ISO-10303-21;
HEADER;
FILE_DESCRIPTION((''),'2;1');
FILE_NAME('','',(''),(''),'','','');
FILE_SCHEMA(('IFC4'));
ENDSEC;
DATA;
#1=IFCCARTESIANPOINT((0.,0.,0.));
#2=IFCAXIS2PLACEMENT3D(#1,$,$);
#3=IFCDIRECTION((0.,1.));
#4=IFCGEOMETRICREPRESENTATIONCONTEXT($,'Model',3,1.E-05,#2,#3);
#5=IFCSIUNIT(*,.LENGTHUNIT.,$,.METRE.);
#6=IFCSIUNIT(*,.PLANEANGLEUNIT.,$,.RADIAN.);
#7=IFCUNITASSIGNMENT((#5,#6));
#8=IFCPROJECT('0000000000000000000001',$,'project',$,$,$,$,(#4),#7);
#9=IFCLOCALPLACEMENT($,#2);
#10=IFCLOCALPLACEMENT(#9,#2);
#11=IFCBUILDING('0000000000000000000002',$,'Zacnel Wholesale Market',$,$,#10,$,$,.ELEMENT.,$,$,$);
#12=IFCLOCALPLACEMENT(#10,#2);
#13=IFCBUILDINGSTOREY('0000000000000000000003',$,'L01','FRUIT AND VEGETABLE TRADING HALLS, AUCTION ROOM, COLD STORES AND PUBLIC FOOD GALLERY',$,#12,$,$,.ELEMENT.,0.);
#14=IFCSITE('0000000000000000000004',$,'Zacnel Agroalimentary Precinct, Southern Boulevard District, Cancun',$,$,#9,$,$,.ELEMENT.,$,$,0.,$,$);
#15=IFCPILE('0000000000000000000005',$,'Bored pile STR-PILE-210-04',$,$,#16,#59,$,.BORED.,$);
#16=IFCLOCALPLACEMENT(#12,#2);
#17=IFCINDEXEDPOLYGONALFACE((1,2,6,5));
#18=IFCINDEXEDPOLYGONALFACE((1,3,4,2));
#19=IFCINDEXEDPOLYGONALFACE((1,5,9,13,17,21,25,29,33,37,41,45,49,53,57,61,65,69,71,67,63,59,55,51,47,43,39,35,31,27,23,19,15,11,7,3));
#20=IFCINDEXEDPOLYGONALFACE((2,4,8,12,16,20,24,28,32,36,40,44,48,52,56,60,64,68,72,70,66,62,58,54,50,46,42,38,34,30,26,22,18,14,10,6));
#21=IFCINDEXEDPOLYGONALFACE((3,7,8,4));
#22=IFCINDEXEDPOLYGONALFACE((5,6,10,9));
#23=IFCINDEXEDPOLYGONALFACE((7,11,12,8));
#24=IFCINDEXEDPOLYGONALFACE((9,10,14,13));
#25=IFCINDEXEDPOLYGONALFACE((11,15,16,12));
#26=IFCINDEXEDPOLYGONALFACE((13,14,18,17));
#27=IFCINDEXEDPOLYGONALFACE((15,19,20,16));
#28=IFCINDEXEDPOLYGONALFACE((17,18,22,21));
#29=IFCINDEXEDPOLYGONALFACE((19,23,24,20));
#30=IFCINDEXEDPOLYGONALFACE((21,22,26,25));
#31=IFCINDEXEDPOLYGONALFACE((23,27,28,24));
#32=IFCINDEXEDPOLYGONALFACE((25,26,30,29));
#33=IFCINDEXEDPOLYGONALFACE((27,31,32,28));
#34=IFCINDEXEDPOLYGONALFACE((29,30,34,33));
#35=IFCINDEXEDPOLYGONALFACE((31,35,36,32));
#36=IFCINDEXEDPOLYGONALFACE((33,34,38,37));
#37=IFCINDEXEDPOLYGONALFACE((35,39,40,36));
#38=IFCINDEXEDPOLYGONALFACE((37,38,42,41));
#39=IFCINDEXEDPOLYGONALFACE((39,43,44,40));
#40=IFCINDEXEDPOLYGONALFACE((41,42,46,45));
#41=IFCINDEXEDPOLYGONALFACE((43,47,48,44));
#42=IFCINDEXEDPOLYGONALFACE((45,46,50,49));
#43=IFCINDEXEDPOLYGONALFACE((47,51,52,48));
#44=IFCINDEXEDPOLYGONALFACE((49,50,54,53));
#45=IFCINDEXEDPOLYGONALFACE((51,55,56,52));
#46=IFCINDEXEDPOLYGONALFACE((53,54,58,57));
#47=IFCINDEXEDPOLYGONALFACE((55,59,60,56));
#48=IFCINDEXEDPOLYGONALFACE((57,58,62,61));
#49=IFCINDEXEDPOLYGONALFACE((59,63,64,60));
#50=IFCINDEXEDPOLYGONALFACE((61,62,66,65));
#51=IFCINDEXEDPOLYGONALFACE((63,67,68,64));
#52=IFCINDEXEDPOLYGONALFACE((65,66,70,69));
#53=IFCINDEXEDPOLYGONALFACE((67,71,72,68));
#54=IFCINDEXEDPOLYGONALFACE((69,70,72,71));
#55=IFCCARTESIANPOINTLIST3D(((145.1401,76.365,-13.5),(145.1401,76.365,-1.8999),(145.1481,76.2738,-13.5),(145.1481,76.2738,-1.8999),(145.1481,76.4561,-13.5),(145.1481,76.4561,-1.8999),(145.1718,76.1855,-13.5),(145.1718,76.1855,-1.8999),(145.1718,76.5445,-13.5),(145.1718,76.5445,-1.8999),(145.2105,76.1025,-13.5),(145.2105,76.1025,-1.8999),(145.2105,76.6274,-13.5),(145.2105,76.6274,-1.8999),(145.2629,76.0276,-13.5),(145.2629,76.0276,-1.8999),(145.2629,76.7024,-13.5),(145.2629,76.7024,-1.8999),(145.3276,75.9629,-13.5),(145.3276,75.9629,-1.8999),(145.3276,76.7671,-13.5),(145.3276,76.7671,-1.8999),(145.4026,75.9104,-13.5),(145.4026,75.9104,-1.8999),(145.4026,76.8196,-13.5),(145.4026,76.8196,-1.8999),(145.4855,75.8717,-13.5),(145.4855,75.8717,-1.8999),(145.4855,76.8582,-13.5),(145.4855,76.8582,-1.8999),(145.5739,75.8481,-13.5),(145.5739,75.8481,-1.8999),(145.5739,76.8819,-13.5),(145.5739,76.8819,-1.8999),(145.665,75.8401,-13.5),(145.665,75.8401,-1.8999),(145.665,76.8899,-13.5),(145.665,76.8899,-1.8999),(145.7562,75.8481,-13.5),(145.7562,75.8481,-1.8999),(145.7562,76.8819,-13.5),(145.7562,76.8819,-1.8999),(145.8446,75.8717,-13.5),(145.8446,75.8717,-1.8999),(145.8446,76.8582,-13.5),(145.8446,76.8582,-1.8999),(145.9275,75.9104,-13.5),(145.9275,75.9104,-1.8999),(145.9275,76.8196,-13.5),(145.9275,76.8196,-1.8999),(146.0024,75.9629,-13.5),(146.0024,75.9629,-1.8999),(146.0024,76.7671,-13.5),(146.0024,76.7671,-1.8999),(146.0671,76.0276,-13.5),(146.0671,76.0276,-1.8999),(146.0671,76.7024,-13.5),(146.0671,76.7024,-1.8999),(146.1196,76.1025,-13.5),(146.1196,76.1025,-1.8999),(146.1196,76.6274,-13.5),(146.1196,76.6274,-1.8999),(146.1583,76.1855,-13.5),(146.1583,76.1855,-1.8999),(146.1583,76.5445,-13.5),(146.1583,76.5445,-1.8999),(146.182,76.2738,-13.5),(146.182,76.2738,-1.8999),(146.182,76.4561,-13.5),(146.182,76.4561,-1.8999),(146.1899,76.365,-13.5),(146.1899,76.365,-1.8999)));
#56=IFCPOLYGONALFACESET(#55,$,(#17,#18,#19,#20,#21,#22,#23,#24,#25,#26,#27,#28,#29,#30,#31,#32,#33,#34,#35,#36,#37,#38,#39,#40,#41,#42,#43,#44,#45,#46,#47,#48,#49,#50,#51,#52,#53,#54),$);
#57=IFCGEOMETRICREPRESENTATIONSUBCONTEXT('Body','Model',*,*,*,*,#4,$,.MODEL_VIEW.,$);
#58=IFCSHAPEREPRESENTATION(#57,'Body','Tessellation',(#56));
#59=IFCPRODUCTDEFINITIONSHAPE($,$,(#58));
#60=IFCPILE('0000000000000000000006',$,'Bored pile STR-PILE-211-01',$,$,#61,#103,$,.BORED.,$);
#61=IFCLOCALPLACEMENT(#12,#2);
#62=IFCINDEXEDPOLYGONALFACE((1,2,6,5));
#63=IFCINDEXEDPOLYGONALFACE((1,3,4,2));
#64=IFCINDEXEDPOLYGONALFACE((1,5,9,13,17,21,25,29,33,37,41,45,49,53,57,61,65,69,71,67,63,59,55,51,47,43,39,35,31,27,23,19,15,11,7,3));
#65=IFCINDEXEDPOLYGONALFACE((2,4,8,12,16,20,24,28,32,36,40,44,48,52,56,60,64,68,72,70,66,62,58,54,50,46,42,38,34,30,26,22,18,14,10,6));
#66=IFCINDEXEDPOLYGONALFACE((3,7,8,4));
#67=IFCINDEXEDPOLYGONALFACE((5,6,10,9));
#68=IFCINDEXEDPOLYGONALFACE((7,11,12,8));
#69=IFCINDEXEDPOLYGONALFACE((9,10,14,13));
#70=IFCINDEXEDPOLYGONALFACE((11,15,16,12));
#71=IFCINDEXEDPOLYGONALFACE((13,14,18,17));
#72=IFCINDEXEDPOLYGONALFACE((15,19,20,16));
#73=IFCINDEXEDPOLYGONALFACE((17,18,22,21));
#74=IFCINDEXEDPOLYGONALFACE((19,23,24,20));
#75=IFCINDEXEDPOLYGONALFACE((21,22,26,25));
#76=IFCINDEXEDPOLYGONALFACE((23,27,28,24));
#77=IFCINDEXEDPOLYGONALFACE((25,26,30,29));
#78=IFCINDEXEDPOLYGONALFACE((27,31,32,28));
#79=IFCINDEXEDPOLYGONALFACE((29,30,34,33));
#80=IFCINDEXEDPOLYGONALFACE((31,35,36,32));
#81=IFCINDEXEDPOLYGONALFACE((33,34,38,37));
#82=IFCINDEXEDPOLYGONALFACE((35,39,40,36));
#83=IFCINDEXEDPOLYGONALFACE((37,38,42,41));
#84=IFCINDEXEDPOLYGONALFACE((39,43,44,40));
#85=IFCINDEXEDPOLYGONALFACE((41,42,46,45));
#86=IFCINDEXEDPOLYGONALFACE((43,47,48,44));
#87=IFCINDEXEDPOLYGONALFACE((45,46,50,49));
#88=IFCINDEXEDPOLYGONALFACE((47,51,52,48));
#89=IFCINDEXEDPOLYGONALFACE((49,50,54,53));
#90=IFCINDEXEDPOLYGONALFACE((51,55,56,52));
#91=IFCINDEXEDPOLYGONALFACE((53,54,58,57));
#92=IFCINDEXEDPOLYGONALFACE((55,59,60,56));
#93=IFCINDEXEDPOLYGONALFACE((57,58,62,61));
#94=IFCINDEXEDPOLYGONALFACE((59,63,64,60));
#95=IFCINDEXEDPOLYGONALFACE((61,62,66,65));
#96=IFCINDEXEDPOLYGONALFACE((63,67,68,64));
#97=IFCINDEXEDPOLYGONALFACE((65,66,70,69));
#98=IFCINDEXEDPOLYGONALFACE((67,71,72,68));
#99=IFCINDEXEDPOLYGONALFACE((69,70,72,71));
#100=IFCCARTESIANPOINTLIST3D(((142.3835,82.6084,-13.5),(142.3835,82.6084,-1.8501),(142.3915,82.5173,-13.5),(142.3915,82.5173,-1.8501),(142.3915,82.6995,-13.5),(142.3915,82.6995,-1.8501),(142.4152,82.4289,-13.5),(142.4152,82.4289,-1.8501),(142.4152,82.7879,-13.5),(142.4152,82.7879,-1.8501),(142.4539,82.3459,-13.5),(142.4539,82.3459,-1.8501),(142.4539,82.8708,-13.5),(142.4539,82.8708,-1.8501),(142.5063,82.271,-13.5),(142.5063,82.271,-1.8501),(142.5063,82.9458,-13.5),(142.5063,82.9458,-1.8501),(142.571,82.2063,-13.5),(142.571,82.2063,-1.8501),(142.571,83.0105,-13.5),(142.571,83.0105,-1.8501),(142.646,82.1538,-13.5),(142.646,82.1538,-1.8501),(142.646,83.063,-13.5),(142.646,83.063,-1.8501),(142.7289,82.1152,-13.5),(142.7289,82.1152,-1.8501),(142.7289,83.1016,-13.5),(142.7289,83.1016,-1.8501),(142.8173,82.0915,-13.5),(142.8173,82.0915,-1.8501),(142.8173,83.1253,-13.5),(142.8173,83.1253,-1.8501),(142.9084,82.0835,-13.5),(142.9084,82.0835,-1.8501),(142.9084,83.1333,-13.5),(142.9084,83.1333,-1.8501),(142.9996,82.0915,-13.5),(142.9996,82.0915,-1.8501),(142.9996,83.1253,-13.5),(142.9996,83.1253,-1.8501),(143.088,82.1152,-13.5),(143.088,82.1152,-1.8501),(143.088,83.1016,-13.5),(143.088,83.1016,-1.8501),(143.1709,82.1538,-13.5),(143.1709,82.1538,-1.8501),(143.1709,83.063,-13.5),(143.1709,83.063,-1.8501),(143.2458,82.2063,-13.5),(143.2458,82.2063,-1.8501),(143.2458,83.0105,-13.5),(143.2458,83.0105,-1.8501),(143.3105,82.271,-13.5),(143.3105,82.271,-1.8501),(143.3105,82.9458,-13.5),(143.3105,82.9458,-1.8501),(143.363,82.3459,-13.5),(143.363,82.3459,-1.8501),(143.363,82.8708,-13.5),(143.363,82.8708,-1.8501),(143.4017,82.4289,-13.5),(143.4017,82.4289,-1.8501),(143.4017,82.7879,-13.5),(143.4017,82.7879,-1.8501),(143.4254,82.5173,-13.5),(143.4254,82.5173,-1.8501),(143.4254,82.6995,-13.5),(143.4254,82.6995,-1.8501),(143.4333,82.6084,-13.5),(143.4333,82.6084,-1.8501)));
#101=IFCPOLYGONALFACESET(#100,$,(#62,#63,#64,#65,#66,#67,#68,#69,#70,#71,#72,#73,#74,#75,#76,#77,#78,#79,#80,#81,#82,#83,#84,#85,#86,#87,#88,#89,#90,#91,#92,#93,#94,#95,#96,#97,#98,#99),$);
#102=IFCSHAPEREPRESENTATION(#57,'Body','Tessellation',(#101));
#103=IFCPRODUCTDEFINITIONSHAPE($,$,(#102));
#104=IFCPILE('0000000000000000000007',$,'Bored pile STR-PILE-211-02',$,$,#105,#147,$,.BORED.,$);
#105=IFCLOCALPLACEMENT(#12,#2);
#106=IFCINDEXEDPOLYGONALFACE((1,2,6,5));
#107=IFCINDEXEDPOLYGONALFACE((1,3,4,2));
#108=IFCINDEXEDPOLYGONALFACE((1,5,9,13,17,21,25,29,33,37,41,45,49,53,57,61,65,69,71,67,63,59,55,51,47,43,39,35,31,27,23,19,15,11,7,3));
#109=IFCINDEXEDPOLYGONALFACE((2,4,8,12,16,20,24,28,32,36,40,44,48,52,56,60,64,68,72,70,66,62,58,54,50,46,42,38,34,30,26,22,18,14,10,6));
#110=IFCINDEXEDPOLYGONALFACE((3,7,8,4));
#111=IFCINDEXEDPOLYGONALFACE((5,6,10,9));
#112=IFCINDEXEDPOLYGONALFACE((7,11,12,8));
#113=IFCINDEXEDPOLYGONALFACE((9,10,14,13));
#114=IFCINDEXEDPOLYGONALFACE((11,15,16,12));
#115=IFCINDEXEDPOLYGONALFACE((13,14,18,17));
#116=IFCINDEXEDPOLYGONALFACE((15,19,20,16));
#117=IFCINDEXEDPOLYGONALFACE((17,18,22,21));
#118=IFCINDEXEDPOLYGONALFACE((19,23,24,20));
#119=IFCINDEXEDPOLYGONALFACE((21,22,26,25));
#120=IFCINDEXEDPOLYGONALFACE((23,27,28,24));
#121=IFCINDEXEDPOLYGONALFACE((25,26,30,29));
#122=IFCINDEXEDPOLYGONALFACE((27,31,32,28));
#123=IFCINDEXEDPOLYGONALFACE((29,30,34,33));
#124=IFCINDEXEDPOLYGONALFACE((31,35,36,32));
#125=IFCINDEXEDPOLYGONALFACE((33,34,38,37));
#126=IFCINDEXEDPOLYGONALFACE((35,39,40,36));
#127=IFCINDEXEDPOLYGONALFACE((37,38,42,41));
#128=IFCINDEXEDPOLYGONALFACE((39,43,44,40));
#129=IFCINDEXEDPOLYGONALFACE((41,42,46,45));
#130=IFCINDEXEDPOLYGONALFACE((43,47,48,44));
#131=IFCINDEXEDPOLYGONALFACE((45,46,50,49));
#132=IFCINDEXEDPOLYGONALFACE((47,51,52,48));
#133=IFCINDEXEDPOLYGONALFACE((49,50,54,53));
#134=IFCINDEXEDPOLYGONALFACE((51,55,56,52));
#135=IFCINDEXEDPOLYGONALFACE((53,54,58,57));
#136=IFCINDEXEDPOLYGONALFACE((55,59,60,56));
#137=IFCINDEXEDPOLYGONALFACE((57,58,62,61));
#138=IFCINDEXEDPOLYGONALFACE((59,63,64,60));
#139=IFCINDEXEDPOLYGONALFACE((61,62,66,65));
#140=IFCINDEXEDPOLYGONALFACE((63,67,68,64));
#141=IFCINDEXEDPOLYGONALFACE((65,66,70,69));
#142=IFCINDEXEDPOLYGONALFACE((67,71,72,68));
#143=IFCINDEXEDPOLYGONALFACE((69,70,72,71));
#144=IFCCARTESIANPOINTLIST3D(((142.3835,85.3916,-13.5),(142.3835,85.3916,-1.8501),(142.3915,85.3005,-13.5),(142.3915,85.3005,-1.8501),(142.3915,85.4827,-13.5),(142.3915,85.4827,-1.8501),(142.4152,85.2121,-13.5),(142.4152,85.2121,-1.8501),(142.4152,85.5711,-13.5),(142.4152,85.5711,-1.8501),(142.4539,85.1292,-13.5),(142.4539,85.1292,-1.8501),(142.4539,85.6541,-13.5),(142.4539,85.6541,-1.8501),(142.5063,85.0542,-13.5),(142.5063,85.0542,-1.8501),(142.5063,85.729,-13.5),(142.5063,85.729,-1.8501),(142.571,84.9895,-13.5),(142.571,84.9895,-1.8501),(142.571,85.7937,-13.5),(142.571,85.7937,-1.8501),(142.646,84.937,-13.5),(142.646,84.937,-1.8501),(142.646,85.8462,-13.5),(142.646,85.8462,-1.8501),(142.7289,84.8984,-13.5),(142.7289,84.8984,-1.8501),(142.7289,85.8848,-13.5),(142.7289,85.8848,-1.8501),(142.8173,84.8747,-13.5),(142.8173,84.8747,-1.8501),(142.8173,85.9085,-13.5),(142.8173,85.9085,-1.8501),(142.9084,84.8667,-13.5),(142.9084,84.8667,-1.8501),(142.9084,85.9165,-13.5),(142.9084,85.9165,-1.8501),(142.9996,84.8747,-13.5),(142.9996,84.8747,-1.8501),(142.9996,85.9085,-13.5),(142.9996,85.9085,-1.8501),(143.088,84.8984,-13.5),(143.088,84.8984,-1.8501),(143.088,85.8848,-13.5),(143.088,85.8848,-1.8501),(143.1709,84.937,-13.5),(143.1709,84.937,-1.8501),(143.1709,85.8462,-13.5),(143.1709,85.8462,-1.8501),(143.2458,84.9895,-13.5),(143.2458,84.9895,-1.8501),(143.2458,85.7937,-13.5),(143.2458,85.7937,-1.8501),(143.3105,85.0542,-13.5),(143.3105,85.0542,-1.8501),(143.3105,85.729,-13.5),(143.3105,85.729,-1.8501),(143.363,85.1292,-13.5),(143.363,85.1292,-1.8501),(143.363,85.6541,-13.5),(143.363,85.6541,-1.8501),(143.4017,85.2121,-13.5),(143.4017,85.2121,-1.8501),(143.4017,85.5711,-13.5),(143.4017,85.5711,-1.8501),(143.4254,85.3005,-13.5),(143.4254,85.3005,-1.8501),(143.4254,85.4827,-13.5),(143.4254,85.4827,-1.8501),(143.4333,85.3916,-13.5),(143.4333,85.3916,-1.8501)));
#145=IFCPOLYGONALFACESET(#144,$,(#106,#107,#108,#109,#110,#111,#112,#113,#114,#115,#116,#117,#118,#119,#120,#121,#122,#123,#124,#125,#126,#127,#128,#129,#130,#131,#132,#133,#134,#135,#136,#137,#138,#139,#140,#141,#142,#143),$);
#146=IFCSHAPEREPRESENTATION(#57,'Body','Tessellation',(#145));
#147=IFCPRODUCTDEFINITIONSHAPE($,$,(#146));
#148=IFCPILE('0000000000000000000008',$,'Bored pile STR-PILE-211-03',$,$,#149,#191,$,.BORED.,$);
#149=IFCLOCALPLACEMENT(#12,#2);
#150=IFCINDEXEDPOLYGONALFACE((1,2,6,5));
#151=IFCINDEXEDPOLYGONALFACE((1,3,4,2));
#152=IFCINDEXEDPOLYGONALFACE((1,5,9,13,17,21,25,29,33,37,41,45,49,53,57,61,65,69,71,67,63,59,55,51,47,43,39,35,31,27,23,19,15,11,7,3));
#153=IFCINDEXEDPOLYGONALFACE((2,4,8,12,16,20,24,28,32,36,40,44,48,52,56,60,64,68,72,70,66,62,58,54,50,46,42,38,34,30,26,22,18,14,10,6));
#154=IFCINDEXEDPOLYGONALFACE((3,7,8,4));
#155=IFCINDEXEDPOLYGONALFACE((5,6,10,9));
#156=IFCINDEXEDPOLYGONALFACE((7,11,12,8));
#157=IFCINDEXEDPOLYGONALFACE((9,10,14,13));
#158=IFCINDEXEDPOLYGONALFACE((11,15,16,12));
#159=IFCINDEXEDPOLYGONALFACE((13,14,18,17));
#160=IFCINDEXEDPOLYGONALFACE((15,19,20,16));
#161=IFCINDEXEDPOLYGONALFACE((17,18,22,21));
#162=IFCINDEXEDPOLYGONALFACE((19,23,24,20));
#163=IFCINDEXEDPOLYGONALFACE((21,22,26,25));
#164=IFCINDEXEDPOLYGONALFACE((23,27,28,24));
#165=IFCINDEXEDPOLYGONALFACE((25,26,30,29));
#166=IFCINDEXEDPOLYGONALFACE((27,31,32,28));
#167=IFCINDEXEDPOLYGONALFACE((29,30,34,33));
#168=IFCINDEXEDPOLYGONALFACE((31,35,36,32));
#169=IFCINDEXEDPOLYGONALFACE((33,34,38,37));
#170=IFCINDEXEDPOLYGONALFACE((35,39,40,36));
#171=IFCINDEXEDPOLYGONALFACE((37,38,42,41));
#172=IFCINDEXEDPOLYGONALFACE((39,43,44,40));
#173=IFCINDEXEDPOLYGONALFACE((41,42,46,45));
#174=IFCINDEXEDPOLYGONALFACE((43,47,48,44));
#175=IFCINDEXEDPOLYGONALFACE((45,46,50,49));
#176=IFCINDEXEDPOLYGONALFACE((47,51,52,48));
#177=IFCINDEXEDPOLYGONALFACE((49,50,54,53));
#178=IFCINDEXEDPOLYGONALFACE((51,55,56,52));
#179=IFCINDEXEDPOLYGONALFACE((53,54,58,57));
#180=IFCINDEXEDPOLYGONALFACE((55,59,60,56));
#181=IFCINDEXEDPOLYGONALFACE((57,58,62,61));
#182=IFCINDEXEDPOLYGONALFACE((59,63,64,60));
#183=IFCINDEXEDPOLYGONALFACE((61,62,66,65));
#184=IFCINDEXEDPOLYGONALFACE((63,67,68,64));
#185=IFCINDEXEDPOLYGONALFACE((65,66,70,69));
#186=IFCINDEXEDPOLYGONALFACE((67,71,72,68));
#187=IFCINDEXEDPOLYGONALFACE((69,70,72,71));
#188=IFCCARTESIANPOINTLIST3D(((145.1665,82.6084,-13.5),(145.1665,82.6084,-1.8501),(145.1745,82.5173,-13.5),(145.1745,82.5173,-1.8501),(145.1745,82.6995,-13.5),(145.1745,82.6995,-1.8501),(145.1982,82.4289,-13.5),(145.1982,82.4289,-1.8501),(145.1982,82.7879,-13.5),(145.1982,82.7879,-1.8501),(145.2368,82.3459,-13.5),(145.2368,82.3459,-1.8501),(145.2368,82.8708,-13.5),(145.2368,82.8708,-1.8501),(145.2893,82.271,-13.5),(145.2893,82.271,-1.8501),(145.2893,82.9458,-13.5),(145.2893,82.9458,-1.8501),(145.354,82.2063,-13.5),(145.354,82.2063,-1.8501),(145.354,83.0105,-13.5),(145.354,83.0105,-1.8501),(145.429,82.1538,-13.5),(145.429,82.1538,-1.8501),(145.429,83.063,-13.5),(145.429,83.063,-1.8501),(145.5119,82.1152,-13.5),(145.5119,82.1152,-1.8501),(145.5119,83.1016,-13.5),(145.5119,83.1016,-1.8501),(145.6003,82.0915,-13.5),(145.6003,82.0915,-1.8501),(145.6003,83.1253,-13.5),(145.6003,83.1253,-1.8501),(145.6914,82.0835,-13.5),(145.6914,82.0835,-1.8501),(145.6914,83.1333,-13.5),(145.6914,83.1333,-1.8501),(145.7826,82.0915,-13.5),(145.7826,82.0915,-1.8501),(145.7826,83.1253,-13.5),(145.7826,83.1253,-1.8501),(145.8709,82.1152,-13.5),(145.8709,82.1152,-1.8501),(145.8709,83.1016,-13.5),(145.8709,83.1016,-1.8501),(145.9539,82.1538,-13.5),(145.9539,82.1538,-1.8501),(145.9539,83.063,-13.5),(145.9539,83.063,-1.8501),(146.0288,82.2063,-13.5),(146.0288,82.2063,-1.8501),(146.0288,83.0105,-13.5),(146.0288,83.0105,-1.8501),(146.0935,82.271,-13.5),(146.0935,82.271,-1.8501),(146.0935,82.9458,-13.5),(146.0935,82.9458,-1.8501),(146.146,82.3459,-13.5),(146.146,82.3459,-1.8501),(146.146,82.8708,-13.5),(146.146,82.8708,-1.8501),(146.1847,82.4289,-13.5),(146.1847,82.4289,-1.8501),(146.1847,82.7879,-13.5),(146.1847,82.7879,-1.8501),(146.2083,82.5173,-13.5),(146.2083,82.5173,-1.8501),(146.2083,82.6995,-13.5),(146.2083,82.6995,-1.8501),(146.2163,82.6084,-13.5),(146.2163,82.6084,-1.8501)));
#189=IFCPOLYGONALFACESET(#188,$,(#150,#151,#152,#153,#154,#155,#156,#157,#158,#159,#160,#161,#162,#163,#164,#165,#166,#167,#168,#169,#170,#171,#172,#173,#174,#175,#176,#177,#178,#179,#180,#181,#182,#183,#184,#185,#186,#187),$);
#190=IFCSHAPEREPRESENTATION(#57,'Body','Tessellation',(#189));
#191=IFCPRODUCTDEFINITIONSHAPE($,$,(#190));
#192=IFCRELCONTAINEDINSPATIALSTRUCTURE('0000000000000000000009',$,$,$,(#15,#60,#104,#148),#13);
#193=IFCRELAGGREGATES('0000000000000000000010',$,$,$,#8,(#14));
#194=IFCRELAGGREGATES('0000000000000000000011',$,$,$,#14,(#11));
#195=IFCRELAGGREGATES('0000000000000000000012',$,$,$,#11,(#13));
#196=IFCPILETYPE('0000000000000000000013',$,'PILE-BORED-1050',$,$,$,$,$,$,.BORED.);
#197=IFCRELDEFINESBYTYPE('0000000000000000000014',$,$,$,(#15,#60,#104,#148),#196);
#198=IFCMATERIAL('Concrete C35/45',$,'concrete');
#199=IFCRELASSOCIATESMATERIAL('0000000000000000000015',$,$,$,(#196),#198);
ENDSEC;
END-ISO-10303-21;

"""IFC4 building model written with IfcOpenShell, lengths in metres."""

from ifc_helpers import new_model, si_unit, direction, frame, origin, origin_2d, place, context, subcontext, project, spatial, circle, extrude, material, material_profile, profile_set, type_object, element, save


model = new_model("IFC4")

# Units and contexts
model_context = context("Model", 3, precision=1e-05, world=origin(), true_north=direction((0.0, 1.0)))
body_context = subcontext(model_context, "Body", "Model", "MODEL_VIEW")
ifc_project = project(units=[si_unit("LENGTHUNIT", "METRE"), si_unit("PLANEANGLEUNIT", "RADIAN")], contexts=[model_context])

# Site, building, storey
site_placement = place(None, origin())
site = spatial("IfcSite", under=ifc_project, at=site_placement, Name="Zacnel Agroalimentary Precinct, Southern Boulevard District, Cancun", CompositionType="ELEMENT", RefElevation=0.0)
building_placement = place(site_placement, origin())
building = spatial("IfcBuilding", under=site, at=building_placement, Name="Zacnel Wholesale Market", CompositionType="ELEMENT")
storey_placement = place(building_placement, origin())
storey = spatial("IfcBuildingStorey", under=building, at=storey_placement, Name="L01", Description="FRUIT AND VEGETABLE TRADING HALLS, AUCTION ROOM, COLD STORES AND PUBLIC FOOD GALLERY", CompositionType="ELEMENT", Elevation=0.0)

# Piles
ifc_material_1 = material(Name="Concrete C35/45", Category="concrete")
ifc_material_profile_1 = material_profile(ifc_material_1, circle(Radius=0.5249, at=origin_2d()), Name="BORED PILE D1050")
ifc_profile_set_1 = profile_set([ifc_material_profile_1], Name="Concrete C35/45")
pile_type = type_object("IfcPileType", Name="PILE-BORED-1050", PredefinedType="BORED", material=ifc_profile_set_1)
for number, where, z_axis, x_axis, name in (
    (1, (145.665, 76.365, -1.8999), (0.0, 0.0, -1.0), (1.0, 0.0, 0.0), "Bored pile STR-PILE-210-04"),
):
    element("IfcPile", number, at=place(storey_placement, frame(where, z_axis=z_axis, x_axis=x_axis)), inside=storey, type_object=pile_type, Name=name, PredefinedType="BORED", context=body_context, shape_type="SweptSolid", body=[
        extrude(circle(Radius=0.5249, at=origin_2d()), origin(), (0.0, 0.0, 1.0), 11.6001),
    ])
for number, where, z_axis, x_axis, name in (
    (2, (142.9084, 82.6084, -1.8501), (0.0, 0.0, -1.0), (1.0, 0.0, 0.0), "Bored pile STR-PILE-211-01"),
    (3, (142.9084, 85.3916, -1.8501), (0.0, 0.0, -1.0), (1.0, 0.0, 0.0), "Bored pile STR-PILE-211-02"),
    (4, (145.6914, 82.6084, -1.8501), (0.0, 0.0, -1.0), (1.0, 0.0, 0.0), "Bored pile STR-PILE-211-03"),
):
    element("IfcPile", number, at=place(storey_placement, frame(where, z_axis=z_axis, x_axis=x_axis)), inside=storey, type_object=pile_type, Name=name, PredefinedType="BORED", context=body_context, shape_type="SweptSolid", body=[
        extrude(circle(Radius=0.5249, at=origin_2d()), origin(), (0.0, 0.0, 1.0), 11.6499),
    ])

save(model, "model.ifc")
